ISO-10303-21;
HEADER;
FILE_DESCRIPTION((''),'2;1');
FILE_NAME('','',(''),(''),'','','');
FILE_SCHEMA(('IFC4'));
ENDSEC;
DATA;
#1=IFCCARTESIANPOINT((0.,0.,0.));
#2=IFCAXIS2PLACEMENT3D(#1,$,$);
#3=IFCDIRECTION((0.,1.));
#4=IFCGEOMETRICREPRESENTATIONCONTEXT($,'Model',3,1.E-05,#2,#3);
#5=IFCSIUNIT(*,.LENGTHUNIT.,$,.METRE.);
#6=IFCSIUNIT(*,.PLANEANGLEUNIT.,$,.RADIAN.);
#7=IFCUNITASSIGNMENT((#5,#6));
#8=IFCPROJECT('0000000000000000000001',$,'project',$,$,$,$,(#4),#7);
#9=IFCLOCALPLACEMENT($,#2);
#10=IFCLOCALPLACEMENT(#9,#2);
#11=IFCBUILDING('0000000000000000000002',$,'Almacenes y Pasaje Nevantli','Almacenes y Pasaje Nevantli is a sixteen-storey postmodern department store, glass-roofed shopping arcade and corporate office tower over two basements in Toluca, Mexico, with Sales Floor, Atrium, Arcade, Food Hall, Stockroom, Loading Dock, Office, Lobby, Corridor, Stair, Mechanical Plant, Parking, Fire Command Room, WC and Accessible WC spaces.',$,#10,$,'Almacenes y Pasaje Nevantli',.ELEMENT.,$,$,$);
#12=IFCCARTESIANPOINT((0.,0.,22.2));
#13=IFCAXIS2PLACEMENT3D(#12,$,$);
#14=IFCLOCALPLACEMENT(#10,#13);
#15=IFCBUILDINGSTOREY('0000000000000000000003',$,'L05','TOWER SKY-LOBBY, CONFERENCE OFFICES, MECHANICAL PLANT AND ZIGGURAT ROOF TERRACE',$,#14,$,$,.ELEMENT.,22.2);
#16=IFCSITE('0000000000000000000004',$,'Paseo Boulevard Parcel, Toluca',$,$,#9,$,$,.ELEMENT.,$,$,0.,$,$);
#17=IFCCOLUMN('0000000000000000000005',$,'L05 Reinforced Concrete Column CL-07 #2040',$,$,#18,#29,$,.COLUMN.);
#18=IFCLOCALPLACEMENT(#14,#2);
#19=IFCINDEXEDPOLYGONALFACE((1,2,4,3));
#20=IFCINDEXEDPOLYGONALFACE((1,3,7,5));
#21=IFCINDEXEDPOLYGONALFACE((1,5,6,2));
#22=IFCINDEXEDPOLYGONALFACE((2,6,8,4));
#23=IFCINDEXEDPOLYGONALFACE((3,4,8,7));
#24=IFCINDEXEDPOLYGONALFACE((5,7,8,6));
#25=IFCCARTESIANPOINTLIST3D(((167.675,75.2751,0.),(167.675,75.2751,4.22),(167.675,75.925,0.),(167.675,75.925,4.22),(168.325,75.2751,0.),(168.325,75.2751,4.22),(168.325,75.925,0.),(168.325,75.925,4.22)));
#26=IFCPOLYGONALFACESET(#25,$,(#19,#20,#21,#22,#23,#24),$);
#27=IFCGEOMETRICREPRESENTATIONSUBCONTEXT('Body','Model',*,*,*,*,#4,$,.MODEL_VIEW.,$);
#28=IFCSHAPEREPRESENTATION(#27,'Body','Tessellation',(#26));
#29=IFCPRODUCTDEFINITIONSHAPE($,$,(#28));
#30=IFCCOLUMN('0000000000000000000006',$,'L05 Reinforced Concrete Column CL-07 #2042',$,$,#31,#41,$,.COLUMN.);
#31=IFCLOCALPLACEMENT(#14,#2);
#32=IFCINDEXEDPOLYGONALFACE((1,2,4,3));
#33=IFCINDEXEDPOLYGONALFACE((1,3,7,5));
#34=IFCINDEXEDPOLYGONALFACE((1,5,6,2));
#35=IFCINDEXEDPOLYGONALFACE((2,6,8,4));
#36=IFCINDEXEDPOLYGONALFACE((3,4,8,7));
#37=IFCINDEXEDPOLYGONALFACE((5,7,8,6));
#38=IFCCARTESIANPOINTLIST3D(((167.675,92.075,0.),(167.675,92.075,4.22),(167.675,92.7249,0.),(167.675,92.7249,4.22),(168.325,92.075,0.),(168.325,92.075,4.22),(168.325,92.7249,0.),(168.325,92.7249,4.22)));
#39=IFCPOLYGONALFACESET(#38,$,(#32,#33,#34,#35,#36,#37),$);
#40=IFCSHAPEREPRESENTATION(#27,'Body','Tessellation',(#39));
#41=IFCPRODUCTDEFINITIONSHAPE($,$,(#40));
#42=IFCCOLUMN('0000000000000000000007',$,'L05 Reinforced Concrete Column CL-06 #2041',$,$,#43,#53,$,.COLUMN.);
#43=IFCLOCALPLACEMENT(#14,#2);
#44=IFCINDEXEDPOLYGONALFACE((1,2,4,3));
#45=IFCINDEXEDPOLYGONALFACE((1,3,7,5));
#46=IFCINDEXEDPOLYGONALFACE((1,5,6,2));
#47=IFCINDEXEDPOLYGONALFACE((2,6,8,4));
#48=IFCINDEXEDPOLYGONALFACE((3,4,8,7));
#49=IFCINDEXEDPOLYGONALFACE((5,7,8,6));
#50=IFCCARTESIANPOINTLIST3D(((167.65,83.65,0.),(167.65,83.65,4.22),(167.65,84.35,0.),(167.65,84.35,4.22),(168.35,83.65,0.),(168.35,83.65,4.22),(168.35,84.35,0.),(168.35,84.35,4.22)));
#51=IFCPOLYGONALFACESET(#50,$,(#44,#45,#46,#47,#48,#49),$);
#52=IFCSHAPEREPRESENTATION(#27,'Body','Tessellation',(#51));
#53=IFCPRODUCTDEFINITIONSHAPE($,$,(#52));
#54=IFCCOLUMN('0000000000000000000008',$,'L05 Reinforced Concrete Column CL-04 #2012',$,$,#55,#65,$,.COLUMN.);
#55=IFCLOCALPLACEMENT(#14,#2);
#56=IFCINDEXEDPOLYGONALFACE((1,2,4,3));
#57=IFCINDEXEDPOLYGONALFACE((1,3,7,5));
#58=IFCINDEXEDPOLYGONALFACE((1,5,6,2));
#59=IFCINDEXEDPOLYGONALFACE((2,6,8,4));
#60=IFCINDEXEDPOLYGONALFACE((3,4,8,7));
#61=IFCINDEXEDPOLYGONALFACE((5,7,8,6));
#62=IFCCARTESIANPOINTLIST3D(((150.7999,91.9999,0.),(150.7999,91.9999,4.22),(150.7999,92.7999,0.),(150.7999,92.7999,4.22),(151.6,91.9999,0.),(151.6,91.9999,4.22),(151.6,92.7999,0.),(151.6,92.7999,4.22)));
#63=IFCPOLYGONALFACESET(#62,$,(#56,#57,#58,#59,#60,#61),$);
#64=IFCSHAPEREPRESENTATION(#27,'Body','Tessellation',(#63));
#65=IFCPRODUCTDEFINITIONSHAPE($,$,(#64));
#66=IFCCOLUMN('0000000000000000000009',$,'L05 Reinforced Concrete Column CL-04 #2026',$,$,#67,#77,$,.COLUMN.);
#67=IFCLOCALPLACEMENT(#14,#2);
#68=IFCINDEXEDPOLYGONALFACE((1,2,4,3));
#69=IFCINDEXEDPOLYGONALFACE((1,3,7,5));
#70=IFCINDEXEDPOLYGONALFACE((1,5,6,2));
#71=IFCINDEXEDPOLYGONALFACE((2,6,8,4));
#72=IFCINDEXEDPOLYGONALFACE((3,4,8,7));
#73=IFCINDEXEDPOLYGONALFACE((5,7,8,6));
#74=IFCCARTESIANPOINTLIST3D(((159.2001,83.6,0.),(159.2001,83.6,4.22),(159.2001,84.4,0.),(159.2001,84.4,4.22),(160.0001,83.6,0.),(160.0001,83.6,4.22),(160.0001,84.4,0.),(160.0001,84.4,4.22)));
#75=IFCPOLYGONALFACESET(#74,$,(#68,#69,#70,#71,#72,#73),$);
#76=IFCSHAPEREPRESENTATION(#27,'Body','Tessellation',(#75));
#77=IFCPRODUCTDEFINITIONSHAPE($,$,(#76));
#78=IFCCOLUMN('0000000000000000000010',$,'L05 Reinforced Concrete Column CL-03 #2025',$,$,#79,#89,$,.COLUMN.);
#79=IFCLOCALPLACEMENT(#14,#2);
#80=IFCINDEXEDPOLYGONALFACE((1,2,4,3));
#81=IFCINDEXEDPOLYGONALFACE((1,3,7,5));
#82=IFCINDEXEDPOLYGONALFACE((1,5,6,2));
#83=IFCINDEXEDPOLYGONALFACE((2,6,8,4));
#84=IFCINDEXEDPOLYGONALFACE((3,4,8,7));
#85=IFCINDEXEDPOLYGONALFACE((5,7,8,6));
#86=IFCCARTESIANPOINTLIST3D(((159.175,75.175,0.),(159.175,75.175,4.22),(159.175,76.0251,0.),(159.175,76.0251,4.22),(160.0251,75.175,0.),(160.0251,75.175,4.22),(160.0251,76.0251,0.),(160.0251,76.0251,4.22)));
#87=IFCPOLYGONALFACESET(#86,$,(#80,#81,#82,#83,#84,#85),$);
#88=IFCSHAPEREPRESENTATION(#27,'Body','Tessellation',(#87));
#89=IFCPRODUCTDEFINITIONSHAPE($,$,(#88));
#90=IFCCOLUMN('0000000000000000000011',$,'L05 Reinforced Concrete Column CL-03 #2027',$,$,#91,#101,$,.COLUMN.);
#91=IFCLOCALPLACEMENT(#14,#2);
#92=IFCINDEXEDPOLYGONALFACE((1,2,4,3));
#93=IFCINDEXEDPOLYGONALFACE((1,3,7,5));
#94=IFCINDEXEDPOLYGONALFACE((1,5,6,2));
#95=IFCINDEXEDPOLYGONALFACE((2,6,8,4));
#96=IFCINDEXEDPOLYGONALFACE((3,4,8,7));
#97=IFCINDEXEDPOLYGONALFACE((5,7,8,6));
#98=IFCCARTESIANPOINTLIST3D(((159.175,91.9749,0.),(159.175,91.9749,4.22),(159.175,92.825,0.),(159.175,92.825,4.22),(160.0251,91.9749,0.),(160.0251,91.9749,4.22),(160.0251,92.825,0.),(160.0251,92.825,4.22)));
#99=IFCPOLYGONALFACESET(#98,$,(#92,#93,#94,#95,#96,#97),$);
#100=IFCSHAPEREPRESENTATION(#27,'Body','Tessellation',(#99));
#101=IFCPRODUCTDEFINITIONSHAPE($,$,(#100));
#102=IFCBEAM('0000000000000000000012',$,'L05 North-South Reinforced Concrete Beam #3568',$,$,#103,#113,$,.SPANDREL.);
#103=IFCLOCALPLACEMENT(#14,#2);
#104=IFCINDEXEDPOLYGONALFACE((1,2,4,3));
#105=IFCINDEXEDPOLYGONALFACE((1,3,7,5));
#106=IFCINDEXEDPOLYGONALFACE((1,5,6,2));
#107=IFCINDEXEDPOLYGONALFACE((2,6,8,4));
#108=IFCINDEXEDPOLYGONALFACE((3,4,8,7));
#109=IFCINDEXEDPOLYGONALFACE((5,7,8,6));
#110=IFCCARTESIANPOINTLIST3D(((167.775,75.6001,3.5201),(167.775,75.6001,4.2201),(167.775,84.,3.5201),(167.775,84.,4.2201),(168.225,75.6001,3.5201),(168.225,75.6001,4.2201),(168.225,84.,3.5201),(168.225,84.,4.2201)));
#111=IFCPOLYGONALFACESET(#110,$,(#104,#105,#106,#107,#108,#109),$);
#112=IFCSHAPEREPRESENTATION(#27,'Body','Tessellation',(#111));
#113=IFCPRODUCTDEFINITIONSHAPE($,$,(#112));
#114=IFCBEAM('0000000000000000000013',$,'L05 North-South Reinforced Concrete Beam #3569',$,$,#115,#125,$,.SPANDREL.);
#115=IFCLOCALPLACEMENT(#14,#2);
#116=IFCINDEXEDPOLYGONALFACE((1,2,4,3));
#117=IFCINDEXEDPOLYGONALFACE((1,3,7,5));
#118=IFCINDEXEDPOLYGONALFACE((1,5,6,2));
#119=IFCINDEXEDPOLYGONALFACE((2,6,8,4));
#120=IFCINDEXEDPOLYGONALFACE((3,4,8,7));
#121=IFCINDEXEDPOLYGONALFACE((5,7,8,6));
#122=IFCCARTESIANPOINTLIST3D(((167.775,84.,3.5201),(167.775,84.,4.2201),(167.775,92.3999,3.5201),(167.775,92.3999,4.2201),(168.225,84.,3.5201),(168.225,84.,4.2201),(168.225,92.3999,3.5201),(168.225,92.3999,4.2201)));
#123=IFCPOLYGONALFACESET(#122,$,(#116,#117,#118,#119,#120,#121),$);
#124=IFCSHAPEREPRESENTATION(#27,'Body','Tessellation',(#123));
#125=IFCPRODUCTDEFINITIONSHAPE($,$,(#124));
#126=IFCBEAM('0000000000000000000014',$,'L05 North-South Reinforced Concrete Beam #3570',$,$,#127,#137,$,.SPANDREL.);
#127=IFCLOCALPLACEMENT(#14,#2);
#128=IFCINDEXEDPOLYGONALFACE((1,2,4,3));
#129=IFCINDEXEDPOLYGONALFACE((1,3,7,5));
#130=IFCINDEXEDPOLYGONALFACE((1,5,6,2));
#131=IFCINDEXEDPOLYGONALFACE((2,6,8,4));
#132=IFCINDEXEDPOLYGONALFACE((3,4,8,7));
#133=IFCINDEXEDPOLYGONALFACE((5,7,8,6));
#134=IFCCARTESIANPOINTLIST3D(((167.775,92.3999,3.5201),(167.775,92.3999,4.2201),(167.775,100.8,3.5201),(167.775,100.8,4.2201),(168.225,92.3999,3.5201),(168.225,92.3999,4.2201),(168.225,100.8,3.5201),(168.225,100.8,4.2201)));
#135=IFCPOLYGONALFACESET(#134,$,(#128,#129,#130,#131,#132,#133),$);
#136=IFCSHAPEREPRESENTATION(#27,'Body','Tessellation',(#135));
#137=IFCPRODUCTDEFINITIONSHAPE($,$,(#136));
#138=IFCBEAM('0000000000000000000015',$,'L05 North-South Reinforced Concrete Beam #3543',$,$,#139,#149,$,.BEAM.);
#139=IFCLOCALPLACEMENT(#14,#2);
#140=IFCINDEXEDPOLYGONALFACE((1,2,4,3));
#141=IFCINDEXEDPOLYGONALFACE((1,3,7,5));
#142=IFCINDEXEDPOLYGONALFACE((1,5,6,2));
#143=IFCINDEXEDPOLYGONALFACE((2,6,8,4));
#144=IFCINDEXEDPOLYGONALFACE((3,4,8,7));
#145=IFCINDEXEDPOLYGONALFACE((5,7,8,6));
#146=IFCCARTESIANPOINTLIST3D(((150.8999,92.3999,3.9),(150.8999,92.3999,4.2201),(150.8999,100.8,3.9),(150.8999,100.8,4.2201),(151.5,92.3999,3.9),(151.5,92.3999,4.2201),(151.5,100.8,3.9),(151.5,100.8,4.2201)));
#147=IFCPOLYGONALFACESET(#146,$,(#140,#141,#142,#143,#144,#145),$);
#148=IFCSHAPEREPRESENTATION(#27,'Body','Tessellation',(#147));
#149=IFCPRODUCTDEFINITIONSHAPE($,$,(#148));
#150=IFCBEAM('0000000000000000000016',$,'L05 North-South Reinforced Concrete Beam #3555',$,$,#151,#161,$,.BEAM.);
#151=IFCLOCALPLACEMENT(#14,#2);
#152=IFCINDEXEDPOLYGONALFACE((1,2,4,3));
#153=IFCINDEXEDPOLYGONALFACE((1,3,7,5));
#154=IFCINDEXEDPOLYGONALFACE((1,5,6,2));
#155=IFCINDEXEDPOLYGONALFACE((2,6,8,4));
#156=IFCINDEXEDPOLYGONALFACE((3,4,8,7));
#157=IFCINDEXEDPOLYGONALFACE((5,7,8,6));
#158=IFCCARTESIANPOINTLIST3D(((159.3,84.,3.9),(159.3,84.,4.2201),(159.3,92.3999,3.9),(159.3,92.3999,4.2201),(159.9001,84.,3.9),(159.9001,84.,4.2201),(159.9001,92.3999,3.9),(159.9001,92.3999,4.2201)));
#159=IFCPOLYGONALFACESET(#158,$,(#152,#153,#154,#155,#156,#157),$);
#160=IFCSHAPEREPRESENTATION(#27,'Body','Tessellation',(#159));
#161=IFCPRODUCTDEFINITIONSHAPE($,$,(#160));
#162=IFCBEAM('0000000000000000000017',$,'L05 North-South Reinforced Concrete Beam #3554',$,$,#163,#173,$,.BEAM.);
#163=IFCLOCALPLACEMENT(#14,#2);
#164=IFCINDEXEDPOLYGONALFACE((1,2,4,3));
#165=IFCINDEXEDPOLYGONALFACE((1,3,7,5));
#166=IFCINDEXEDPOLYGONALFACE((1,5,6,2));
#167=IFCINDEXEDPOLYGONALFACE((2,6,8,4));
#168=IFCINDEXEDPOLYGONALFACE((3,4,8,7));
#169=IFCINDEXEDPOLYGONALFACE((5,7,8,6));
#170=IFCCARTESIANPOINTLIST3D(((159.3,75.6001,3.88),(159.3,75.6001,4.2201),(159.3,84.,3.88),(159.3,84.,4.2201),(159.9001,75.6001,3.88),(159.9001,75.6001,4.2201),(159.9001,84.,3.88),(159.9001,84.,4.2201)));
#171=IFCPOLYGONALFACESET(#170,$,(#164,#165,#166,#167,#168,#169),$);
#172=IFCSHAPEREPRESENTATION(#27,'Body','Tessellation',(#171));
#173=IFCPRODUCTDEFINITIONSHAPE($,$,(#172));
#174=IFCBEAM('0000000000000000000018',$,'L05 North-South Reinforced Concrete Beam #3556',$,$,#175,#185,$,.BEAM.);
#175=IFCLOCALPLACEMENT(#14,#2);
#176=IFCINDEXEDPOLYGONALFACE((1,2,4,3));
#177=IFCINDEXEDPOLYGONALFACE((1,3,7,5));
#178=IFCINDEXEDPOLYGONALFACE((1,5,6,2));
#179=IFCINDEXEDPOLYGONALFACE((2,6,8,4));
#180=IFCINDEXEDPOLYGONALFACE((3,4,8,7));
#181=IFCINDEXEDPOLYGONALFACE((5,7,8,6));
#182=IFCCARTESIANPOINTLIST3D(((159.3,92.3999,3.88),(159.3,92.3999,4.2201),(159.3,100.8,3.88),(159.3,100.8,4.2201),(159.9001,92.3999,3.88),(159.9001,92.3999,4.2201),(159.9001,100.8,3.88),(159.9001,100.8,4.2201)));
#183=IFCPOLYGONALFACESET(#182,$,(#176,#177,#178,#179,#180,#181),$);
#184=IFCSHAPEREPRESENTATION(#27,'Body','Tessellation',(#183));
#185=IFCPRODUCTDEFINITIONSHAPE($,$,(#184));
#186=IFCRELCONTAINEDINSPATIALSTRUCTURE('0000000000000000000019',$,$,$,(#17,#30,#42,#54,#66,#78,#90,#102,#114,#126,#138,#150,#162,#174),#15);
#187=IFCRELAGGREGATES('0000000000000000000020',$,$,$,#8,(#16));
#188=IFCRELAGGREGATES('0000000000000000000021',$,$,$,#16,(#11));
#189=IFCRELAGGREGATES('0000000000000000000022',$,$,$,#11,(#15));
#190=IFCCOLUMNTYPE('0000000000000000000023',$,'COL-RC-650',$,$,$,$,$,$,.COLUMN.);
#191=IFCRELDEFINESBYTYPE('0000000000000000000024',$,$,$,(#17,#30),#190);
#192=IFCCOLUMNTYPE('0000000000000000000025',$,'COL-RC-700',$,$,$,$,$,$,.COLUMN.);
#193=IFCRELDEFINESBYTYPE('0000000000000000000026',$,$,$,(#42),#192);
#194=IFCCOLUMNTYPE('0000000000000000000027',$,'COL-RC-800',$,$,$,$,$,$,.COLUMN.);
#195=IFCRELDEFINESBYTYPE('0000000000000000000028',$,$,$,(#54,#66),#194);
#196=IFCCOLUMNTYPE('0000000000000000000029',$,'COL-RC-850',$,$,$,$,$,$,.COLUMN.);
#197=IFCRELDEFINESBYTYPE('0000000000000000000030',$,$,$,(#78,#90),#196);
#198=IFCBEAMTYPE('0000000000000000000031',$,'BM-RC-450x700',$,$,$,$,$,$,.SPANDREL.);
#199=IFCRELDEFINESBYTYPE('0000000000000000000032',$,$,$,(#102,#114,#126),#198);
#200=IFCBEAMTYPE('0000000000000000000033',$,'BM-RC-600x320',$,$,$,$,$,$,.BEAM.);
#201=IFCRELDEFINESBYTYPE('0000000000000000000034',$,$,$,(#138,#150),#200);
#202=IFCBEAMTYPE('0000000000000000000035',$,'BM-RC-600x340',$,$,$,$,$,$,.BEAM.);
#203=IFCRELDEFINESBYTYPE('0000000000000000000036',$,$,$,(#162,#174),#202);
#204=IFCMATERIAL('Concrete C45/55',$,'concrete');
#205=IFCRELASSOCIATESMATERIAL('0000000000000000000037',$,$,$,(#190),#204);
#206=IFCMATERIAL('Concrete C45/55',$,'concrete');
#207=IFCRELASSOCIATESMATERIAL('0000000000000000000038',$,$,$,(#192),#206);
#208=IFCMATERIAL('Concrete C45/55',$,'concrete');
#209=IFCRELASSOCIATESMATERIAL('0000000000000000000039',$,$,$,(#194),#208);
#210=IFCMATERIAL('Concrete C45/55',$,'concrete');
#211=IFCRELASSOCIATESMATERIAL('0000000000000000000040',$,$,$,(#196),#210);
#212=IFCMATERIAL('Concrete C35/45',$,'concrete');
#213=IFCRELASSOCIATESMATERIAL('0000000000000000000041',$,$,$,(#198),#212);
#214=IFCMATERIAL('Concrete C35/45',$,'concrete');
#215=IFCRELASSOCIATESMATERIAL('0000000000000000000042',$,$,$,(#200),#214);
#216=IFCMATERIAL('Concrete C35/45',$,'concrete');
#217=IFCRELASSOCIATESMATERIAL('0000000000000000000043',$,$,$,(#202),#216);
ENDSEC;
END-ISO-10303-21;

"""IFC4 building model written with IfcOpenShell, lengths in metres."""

from ifc_helpers import new_model, si_unit, direction, frame, origin, origin_2d, place, context, subcontext, project, spatial, rectangle, extrude, material, material_profile, profile_set, type_object, element, save


model = new_model("IFC4")

# Units and contexts
model_context = context("Model", 3, precision=1e-05, world=origin(), true_north=direction((0.0, 1.0)))
body_context = subcontext(model_context, "Body", "Model", "MODEL_VIEW")
ifc_project = project(units=[si_unit("LENGTHUNIT", "METRE"), si_unit("PLANEANGLEUNIT", "RADIAN")], contexts=[model_context])

# Site, building, storey
site_placement = place(None, origin())
site = spatial("IfcSite", under=ifc_project, at=site_placement, Name="Paseo Boulevard Parcel, Toluca", CompositionType="ELEMENT", RefElevation=0.0)
building_placement = place(site_placement, origin())
building = spatial("IfcBuilding", under=site, at=building_placement, Name="Almacenes y Pasaje Nevantli", Description="Almacenes y Pasaje Nevantli is a sixteen-storey postmodern department store, glass-roofed shopping arcade and corporate office tower over two basements in Toluca, Mexico, with Sales Floor, Atrium, Arcade, Food Hall, Stockroom, Loading Dock, Office, Lobby, Corridor, Stair, Mechanical Plant, Parking, Fire Command Room, WC and Accessible WC spaces.", LongName="Almacenes y Pasaje Nevantli", CompositionType="ELEMENT")
storey_placement = place(building_placement, frame((0.0, 0.0, 22.2)))
storey = spatial("IfcBuildingStorey", under=building, at=storey_placement, Name="L05", Description="TOWER SKY-LOBBY, CONFERENCE OFFICES, MECHANICAL PLANT AND ZIGGURAT ROOF TERRACE", CompositionType="ELEMENT", Elevation=22.2)

# Columns
ifc_material_1 = material(Name="Concrete C45/55", Category="concrete")
ifc_material_profile_1 = material_profile(ifc_material_1, rectangle(XDim=0.6499, YDim=0.6499, at=origin_2d()), Name="RC-COL-650x650")
ifc_profile_set_1 = profile_set([ifc_material_profile_1], Name="Concrete C45/55")
column_type_1 = type_object("IfcColumnType", Name="COL-RC-650", PredefinedType="COLUMN", material=ifc_profile_set_1)
for number, where, z_axis, x_axis, name in (
    (1, (168.0, 75.6001, 0.0), (0.0, 0.0, 1.0), (1.0, 0.0, 0.0), "L05 Reinforced Concrete Column CL-07 #2040"),
    (2, (168.0, 92.3999, 0.0), (0.0, 0.0, 1.0), (1.0, 0.0, 0.0), "L05 Reinforced Concrete Column CL-07 #2042"),
):
    element("IfcColumn", number, at=place(storey_placement, frame(where, z_axis=z_axis, x_axis=x_axis)), inside=storey, type_object=column_type_1, Name=name, PredefinedType="COLUMN", context=body_context, shape_type="SweptSolid", body=[
        extrude(rectangle(XDim=0.6499, YDim=0.6499, at=origin_2d()), origin(), (0.0, 0.0, 1.0), 4.22),
    ])
ifc_material_2 = material(Name="Concrete C45/55", Category="concrete")
ifc_material_profile_2 = material_profile(ifc_material_2, rectangle(XDim=0.7, YDim=0.7, at=origin_2d()), Name="RC-COL-700x700")
ifc_profile_set_2 = profile_set([ifc_material_profile_2], Name="Concrete C45/55")
column_type_2 = type_object("IfcColumnType", Name="COL-RC-700", PredefinedType="COLUMN", material=ifc_profile_set_2)
column_placement = place(storey_placement, frame((168.0, 84.0, 0.0), z_axis=(0.0, 0.0, 1.0), x_axis=(1.0, 0.0, 0.0)))
element("IfcColumn", 3, at=column_placement, inside=storey, type_object=column_type_2, Name="L05 Reinforced Concrete Column CL-06 #2041", PredefinedType="COLUMN", context=body_context, shape_type="SweptSolid", body=[
    extrude(rectangle(XDim=0.7, YDim=0.7, at=origin_2d()), origin(), (0.0, 0.0, 1.0), 4.22),
])
ifc_material_3 = material(Name="Concrete C45/55", Category="concrete")
ifc_material_profile_3 = material_profile(ifc_material_3, rectangle(XDim=0.8, YDim=0.8, at=origin_2d()), Name="RC-COL-800x800")
ifc_profile_set_3 = profile_set([ifc_material_profile_3], Name="Concrete C45/55")
column_type_3 = type_object("IfcColumnType", Name="COL-RC-800", PredefinedType="COLUMN", material=ifc_profile_set_3)
for number, where, z_axis, x_axis, name in (
    (4, (151.2, 92.3999, 0.0), (0.0, 0.0, 1.0), (1.0, 0.0, 0.0), "L05 Reinforced Concrete Column CL-04 #2012"),
    (5, (159.6001, 84.0, 0.0), (0.0, 0.0, 1.0), (1.0, 0.0, 0.0), "L05 Reinforced Concrete Column CL-04 #2026"),
):
    element("IfcColumn", number, at=place(storey_placement, frame(where, z_axis=z_axis, x_axis=x_axis)), inside=storey, type_object=column_type_3, Name=name, PredefinedType="COLUMN", context=body_context, shape_type="SweptSolid", body=[
        extrude(rectangle(XDim=0.8, YDim=0.8, at=origin_2d()), origin(), (0.0, 0.0, 1.0), 4.22),
    ])
ifc_material_4 = material(Name="Concrete C45/55", Category="concrete")
ifc_material_profile_4 = material_profile(ifc_material_4, rectangle(XDim=0.8501, YDim=0.8501, at=origin_2d()), Name="RC-COL-850x850")
ifc_profile_set_4 = profile_set([ifc_material_profile_4], Name="Concrete C45/55")
column_type_4 = type_object("IfcColumnType", Name="COL-RC-850", PredefinedType="COLUMN", material=ifc_profile_set_4)
for number, where, z_axis, x_axis, name in (
    (6, (159.6001, 75.6001, 0.0), (0.0, 0.0, 1.0), (1.0, 0.0, 0.0), "L05 Reinforced Concrete Column CL-03 #2025"),
    (7, (159.6001, 92.3999, 0.0), (0.0, 0.0, 1.0), (1.0, 0.0, 0.0), "L05 Reinforced Concrete Column CL-03 #2027"),
):
    element("IfcColumn", number, at=place(storey_placement, frame(where, z_axis=z_axis, x_axis=x_axis)), inside=storey, type_object=column_type_4, Name=name, PredefinedType="COLUMN", context=body_context, shape_type="SweptSolid", body=[
        extrude(rectangle(XDim=0.8501, YDim=0.8501, at=origin_2d()), origin(), (0.0, 0.0, 1.0), 4.22),
    ])

# Beams
ifc_material_5 = material(Name="Concrete C35/45", Category="concrete")
ifc_material_profile_5 = material_profile(ifc_material_5, rectangle(XDim=0.45, YDim=0.7, at=origin_2d()), Name="RC-BM-450x700")
ifc_profile_set_5 = profile_set([ifc_material_profile_5], Name="Concrete C35/45")
beam_type_1 = type_object("IfcBeamType", Name="BM-RC-450x700", PredefinedType="SPANDREL", material=ifc_profile_set_5)
for number, where, z_axis, x_axis, name in (
    (8, (168.0, 75.6001, 3.8701), (0.0, 1.0, 0.0), (-1.0, 0.0, 0.0), "L05 North-South Reinforced Concrete Beam #3568"),
    (9, (168.0, 84.0, 3.8701), (0.0, 1.0, 0.0), (-1.0, 0.0, 0.0), "L05 North-South Reinforced Concrete Beam #3569"),
):
    element("IfcBeam", number, at=place(storey_placement, frame(where, z_axis=z_axis, x_axis=x_axis)), inside=storey, type_object=beam_type_1, Name=name, PredefinedType="SPANDREL", context=body_context, shape_type="SweptSolid", body=[
        extrude(rectangle(XDim=0.45, YDim=0.7, at=origin_2d()), origin(), (0.0, 0.0, 1.0), 8.3999),
    ])
beam_1_placement = place(storey_placement, frame((168.0, 92.3999, 3.8701), z_axis=(0.0, 1.0, 0.0), x_axis=(-1.0, 0.0, 0.0)))
element("IfcBeam", 10, at=beam_1_placement, inside=storey, type_object=beam_type_1, Name="L05 North-South Reinforced Concrete Beam #3570", PredefinedType="SPANDREL", context=body_context, shape_type="SweptSolid", body=[
    extrude(rectangle(XDim=0.45, YDim=0.7, at=origin_2d()), origin(), (0.0, 0.0, 1.0), 8.4001),
])
ifc_material_6 = material(Name="Concrete C35/45", Category="concrete")
ifc_material_profile_6 = material_profile(ifc_material_6, rectangle(XDim=0.6001, YDim=0.3201, at=origin_2d()), Name="RC-BM-600x320")
ifc_profile_set_6 = profile_set([ifc_material_profile_6], Name="Concrete C35/45")
beam_type_2 = type_object("IfcBeamType", Name="BM-RC-600x320", PredefinedType="BEAM", material=ifc_profile_set_6)
beam_2_placement = place(storey_placement, frame((151.2, 92.3999, 4.0601), z_axis=(0.0, 1.0, 0.0), x_axis=(-1.0, 0.0, 0.0)))
element("IfcBeam", 11, at=beam_2_placement, inside=storey, type_object=beam_type_2, Name="L05 North-South Reinforced Concrete Beam #3543", PredefinedType="BEAM", context=body_context, shape_type="SweptSolid", body=[
    extrude(rectangle(XDim=0.6001, YDim=0.3201, at=origin_2d()), origin(), (0.0, 0.0, 1.0), 8.4001),
])
beam_3_placement = place(storey_placement, frame((159.6001, 84.0, 4.0601), z_axis=(0.0, 1.0, 0.0), x_axis=(-1.0, 0.0, 0.0)))
element("IfcBeam", 12, at=beam_3_placement, inside=storey, type_object=beam_type_2, Name="L05 North-South Reinforced Concrete Beam #3555", PredefinedType="BEAM", context=body_context, shape_type="SweptSolid", body=[
    extrude(rectangle(XDim=0.6001, YDim=0.3201, at=origin_2d()), origin(), (0.0, 0.0, 1.0), 8.3999),
])
ifc_material_7 = material(Name="Concrete C35/45", Category="concrete")
ifc_material_profile_7 = material_profile(ifc_material_7, rectangle(XDim=0.6001, YDim=0.3401, at=origin_2d()), Name="RC-BM-600x340")
ifc_profile_set_7 = profile_set([ifc_material_profile_7], Name="Concrete C35/45")
beam_type_3 = type_object("IfcBeamType", Name="BM-RC-600x340", PredefinedType="BEAM", material=ifc_profile_set_7)
beam_4_placement = place(storey_placement, frame((159.6001, 75.6001, 4.05), z_axis=(0.0, 1.0, 0.0), x_axis=(-1.0, 0.0, 0.0)))
element("IfcBeam", 13, at=beam_4_placement, inside=storey, type_object=beam_type_3, Name="L05 North-South Reinforced Concrete Beam #3554", PredefinedType="BEAM", context=body_context, shape_type="SweptSolid", body=[
    extrude(rectangle(XDim=0.6001, YDim=0.3401, at=origin_2d()), origin(), (0.0, 0.0, 1.0), 8.3999),
])
beam_5_placement = place(storey_placement, frame((159.6001, 92.3999, 4.05), z_axis=(0.0, 1.0, 0.0), x_axis=(-1.0, 0.0, 0.0)))
element("IfcBeam", 14, at=beam_5_placement, inside=storey, type_object=beam_type_3, Name="L05 North-South Reinforced Concrete Beam #3556", PredefinedType="BEAM", context=body_context, shape_type="SweptSolid", body=[
    extrude(rectangle(XDim=0.6001, YDim=0.3401, at=origin_2d()), origin(), (0.0, 0.0, 1.0), 8.4001),
])

save(model, "model.ifc")
